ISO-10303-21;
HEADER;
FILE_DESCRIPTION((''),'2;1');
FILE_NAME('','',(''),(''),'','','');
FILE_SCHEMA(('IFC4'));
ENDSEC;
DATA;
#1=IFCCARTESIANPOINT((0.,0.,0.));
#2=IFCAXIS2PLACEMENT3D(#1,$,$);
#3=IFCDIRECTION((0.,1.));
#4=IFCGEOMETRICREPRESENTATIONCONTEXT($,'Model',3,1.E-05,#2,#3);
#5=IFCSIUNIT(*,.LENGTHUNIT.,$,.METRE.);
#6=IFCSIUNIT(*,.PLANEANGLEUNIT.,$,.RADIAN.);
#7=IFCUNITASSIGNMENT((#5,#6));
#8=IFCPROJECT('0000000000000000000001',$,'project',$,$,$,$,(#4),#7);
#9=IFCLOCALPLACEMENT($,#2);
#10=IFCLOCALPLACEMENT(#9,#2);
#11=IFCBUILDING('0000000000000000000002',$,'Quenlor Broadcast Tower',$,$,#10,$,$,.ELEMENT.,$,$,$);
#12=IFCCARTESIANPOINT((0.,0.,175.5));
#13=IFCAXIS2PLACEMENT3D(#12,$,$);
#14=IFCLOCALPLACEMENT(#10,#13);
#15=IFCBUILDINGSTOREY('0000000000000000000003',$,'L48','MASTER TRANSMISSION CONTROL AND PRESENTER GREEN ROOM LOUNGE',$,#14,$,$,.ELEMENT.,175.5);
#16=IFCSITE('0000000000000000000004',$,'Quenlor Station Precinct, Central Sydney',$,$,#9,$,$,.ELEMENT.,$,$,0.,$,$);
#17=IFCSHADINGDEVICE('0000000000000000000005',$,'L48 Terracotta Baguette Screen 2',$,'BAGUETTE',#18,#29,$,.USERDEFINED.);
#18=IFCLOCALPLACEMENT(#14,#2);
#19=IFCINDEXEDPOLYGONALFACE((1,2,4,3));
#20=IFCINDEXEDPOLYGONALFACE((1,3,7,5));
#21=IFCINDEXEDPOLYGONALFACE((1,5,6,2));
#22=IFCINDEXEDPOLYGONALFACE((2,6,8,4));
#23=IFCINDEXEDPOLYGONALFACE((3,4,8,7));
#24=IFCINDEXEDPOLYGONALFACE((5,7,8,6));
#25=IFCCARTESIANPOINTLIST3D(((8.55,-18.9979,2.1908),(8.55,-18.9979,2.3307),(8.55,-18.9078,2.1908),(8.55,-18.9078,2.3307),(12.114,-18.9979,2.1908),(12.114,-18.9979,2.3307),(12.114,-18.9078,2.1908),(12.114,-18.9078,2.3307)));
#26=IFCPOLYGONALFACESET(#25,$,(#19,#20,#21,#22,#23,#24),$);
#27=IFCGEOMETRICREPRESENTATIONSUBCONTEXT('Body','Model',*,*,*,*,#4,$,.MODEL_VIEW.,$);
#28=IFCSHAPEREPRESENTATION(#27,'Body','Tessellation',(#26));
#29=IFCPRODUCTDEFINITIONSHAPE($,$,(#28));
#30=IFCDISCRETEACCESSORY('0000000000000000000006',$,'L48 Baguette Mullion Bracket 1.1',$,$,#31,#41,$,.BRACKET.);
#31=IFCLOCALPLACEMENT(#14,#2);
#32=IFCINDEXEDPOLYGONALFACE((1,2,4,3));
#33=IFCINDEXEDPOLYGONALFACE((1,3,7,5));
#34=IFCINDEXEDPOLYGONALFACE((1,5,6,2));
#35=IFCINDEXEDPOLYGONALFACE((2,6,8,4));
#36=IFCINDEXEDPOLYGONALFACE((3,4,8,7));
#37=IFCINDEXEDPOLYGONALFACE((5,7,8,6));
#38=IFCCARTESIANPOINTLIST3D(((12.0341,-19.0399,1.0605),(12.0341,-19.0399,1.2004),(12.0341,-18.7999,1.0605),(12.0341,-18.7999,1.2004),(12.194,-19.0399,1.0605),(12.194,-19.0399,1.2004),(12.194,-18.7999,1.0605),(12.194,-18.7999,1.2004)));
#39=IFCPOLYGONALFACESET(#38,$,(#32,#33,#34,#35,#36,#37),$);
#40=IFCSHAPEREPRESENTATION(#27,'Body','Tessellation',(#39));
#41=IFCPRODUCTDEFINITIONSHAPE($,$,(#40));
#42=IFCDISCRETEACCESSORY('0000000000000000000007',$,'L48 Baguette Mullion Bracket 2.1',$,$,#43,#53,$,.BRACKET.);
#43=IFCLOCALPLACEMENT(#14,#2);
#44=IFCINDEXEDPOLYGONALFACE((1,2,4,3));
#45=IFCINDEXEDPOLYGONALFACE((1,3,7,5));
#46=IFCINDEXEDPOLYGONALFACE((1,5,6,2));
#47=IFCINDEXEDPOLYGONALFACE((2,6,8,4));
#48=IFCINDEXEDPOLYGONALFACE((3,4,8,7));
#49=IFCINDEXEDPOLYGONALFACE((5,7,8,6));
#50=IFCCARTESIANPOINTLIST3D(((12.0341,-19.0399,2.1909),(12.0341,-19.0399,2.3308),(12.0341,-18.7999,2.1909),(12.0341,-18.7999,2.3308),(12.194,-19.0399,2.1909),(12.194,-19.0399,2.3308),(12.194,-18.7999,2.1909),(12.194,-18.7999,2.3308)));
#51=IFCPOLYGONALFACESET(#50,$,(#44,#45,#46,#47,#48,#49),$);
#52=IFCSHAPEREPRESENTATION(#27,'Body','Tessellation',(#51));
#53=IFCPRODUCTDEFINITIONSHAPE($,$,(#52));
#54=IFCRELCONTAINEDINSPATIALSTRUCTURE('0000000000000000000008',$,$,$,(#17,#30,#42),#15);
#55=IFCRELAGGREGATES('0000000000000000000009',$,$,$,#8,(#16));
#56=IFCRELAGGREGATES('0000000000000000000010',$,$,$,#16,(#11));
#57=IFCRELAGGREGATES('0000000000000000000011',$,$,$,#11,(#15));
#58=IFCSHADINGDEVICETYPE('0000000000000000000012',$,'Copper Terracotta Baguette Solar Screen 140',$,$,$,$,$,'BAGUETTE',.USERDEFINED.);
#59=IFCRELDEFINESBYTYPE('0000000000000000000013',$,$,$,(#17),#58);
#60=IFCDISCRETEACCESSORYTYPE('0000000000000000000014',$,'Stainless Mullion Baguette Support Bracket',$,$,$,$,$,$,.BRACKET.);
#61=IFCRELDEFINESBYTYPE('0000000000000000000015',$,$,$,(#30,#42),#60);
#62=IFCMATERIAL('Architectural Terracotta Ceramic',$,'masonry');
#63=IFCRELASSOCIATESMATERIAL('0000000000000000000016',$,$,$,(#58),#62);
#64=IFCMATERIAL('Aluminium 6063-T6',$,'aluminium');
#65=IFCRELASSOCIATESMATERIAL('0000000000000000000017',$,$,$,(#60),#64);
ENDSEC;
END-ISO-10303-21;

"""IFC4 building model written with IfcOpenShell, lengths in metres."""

from ifc_helpers import new_model, si_unit, direction, frame, origin, origin_2d, place, context, subcontext, project, spatial, rectangle, extrude, material, material_profile, profile_set, type_object, element, save


model = new_model("IFC4")

# Units and contexts
model_context = context("Model", 3, precision=1e-05, world=origin(), true_north=direction((0.0, 1.0)))
body_context = subcontext(model_context, "Body", "Model", "MODEL_VIEW")
ifc_project = project(units=[si_unit("LENGTHUNIT", "METRE"), si_unit("PLANEANGLEUNIT", "RADIAN")], contexts=[model_context])

# Site, building, storey
site_placement = place(None, origin())
site = spatial("IfcSite", under=ifc_project, at=site_placement, Name="Quenlor Station Precinct, Central Sydney", CompositionType="ELEMENT", RefElevation=0.0)
building_placement = place(site_placement, origin())
building = spatial("IfcBuilding", under=site, at=building_placement, Name="Quenlor Broadcast Tower", CompositionType="ELEMENT")
storey_placement = place(building_placement, frame((0.0, 0.0, 175.5)))
storey = spatial("IfcBuildingStorey", under=building, at=storey_placement, Name="L48", Description="MASTER TRANSMISSION CONTROL AND PRESENTER GREEN ROOM LOUNGE", CompositionType="ELEMENT", Elevation=175.5)

# Shading device
ifc_material_1 = material(Name="Architectural Terracotta Ceramic", Category="masonry")
ifc_material_profile_1 = material_profile(ifc_material_1, rectangle(XDim=0.0901, YDim=0.1399, at=origin_2d()))
ifc_profile_set_1 = profile_set([ifc_material_profile_1], Name="Architectural Terracotta Ceramic BAG90x140")
shading_device_type = type_object("IfcShadingDeviceType", Name="Copper Terracotta Baguette Solar Screen 140", ElementType="BAGUETTE", PredefinedType="USERDEFINED", material=ifc_profile_set_1)
for number, where, z_axis, x_axis, name in (
    (1, (12.114, -18.9529, 2.2607), (-1.0, 0.0, 0.0), (0.0, -1.0, 0.0), "L48 Terracotta Baguette Screen 2"),
):
    element("IfcShadingDevice", number, at=place(storey_placement, frame(where, z_axis=z_axis, x_axis=x_axis)), inside=storey, type_object=shading_device_type, Name=name, ObjectType="BAGUETTE", PredefinedType="USERDEFINED", context=body_context, shape_type="SweptSolid", body=[
        extrude(rectangle(XDim=0.0901, YDim=0.1399, at=origin_2d()), origin(), (0.0, 0.0, 1.0), 3.564),
    ])

# Discrete accessories
ifc_material_2 = material(Name="Aluminium 6063-T6", Category="aluminium")
discrete_accessory_type = type_object("IfcDiscreteAccessoryType", Name="Stainless Mullion Baguette Support Bracket", PredefinedType="BRACKET", material=ifc_material_2)
for number, where, z_axis, x_axis, name in (
    (2, (12.114, -18.9199, 1.0605), (0.0, 0.0, 1.0), (-1.0, 0.0, 0.0), "L48 Baguette Mullion Bracket 1.1"),
    (3, (12.114, -18.9199, 2.1909), (0.0, 0.0, 1.0), (-1.0, 0.0, 0.0), "L48 Baguette Mullion Bracket 2.1"),
):
    element("IfcDiscreteAccessory", number, at=place(storey_placement, frame(where, z_axis=z_axis, x_axis=x_axis)), inside=storey, type_object=discrete_accessory_type, Name=name, PredefinedType="BRACKET", context=body_context, shape_type="SweptSolid", body=[
        extrude(rectangle(XDim=0.1599, YDim=0.24, at=origin_2d()), origin(), (0.0, 0.0, 1.0), 0.1399),
    ])

save(model, "model.ifc")
